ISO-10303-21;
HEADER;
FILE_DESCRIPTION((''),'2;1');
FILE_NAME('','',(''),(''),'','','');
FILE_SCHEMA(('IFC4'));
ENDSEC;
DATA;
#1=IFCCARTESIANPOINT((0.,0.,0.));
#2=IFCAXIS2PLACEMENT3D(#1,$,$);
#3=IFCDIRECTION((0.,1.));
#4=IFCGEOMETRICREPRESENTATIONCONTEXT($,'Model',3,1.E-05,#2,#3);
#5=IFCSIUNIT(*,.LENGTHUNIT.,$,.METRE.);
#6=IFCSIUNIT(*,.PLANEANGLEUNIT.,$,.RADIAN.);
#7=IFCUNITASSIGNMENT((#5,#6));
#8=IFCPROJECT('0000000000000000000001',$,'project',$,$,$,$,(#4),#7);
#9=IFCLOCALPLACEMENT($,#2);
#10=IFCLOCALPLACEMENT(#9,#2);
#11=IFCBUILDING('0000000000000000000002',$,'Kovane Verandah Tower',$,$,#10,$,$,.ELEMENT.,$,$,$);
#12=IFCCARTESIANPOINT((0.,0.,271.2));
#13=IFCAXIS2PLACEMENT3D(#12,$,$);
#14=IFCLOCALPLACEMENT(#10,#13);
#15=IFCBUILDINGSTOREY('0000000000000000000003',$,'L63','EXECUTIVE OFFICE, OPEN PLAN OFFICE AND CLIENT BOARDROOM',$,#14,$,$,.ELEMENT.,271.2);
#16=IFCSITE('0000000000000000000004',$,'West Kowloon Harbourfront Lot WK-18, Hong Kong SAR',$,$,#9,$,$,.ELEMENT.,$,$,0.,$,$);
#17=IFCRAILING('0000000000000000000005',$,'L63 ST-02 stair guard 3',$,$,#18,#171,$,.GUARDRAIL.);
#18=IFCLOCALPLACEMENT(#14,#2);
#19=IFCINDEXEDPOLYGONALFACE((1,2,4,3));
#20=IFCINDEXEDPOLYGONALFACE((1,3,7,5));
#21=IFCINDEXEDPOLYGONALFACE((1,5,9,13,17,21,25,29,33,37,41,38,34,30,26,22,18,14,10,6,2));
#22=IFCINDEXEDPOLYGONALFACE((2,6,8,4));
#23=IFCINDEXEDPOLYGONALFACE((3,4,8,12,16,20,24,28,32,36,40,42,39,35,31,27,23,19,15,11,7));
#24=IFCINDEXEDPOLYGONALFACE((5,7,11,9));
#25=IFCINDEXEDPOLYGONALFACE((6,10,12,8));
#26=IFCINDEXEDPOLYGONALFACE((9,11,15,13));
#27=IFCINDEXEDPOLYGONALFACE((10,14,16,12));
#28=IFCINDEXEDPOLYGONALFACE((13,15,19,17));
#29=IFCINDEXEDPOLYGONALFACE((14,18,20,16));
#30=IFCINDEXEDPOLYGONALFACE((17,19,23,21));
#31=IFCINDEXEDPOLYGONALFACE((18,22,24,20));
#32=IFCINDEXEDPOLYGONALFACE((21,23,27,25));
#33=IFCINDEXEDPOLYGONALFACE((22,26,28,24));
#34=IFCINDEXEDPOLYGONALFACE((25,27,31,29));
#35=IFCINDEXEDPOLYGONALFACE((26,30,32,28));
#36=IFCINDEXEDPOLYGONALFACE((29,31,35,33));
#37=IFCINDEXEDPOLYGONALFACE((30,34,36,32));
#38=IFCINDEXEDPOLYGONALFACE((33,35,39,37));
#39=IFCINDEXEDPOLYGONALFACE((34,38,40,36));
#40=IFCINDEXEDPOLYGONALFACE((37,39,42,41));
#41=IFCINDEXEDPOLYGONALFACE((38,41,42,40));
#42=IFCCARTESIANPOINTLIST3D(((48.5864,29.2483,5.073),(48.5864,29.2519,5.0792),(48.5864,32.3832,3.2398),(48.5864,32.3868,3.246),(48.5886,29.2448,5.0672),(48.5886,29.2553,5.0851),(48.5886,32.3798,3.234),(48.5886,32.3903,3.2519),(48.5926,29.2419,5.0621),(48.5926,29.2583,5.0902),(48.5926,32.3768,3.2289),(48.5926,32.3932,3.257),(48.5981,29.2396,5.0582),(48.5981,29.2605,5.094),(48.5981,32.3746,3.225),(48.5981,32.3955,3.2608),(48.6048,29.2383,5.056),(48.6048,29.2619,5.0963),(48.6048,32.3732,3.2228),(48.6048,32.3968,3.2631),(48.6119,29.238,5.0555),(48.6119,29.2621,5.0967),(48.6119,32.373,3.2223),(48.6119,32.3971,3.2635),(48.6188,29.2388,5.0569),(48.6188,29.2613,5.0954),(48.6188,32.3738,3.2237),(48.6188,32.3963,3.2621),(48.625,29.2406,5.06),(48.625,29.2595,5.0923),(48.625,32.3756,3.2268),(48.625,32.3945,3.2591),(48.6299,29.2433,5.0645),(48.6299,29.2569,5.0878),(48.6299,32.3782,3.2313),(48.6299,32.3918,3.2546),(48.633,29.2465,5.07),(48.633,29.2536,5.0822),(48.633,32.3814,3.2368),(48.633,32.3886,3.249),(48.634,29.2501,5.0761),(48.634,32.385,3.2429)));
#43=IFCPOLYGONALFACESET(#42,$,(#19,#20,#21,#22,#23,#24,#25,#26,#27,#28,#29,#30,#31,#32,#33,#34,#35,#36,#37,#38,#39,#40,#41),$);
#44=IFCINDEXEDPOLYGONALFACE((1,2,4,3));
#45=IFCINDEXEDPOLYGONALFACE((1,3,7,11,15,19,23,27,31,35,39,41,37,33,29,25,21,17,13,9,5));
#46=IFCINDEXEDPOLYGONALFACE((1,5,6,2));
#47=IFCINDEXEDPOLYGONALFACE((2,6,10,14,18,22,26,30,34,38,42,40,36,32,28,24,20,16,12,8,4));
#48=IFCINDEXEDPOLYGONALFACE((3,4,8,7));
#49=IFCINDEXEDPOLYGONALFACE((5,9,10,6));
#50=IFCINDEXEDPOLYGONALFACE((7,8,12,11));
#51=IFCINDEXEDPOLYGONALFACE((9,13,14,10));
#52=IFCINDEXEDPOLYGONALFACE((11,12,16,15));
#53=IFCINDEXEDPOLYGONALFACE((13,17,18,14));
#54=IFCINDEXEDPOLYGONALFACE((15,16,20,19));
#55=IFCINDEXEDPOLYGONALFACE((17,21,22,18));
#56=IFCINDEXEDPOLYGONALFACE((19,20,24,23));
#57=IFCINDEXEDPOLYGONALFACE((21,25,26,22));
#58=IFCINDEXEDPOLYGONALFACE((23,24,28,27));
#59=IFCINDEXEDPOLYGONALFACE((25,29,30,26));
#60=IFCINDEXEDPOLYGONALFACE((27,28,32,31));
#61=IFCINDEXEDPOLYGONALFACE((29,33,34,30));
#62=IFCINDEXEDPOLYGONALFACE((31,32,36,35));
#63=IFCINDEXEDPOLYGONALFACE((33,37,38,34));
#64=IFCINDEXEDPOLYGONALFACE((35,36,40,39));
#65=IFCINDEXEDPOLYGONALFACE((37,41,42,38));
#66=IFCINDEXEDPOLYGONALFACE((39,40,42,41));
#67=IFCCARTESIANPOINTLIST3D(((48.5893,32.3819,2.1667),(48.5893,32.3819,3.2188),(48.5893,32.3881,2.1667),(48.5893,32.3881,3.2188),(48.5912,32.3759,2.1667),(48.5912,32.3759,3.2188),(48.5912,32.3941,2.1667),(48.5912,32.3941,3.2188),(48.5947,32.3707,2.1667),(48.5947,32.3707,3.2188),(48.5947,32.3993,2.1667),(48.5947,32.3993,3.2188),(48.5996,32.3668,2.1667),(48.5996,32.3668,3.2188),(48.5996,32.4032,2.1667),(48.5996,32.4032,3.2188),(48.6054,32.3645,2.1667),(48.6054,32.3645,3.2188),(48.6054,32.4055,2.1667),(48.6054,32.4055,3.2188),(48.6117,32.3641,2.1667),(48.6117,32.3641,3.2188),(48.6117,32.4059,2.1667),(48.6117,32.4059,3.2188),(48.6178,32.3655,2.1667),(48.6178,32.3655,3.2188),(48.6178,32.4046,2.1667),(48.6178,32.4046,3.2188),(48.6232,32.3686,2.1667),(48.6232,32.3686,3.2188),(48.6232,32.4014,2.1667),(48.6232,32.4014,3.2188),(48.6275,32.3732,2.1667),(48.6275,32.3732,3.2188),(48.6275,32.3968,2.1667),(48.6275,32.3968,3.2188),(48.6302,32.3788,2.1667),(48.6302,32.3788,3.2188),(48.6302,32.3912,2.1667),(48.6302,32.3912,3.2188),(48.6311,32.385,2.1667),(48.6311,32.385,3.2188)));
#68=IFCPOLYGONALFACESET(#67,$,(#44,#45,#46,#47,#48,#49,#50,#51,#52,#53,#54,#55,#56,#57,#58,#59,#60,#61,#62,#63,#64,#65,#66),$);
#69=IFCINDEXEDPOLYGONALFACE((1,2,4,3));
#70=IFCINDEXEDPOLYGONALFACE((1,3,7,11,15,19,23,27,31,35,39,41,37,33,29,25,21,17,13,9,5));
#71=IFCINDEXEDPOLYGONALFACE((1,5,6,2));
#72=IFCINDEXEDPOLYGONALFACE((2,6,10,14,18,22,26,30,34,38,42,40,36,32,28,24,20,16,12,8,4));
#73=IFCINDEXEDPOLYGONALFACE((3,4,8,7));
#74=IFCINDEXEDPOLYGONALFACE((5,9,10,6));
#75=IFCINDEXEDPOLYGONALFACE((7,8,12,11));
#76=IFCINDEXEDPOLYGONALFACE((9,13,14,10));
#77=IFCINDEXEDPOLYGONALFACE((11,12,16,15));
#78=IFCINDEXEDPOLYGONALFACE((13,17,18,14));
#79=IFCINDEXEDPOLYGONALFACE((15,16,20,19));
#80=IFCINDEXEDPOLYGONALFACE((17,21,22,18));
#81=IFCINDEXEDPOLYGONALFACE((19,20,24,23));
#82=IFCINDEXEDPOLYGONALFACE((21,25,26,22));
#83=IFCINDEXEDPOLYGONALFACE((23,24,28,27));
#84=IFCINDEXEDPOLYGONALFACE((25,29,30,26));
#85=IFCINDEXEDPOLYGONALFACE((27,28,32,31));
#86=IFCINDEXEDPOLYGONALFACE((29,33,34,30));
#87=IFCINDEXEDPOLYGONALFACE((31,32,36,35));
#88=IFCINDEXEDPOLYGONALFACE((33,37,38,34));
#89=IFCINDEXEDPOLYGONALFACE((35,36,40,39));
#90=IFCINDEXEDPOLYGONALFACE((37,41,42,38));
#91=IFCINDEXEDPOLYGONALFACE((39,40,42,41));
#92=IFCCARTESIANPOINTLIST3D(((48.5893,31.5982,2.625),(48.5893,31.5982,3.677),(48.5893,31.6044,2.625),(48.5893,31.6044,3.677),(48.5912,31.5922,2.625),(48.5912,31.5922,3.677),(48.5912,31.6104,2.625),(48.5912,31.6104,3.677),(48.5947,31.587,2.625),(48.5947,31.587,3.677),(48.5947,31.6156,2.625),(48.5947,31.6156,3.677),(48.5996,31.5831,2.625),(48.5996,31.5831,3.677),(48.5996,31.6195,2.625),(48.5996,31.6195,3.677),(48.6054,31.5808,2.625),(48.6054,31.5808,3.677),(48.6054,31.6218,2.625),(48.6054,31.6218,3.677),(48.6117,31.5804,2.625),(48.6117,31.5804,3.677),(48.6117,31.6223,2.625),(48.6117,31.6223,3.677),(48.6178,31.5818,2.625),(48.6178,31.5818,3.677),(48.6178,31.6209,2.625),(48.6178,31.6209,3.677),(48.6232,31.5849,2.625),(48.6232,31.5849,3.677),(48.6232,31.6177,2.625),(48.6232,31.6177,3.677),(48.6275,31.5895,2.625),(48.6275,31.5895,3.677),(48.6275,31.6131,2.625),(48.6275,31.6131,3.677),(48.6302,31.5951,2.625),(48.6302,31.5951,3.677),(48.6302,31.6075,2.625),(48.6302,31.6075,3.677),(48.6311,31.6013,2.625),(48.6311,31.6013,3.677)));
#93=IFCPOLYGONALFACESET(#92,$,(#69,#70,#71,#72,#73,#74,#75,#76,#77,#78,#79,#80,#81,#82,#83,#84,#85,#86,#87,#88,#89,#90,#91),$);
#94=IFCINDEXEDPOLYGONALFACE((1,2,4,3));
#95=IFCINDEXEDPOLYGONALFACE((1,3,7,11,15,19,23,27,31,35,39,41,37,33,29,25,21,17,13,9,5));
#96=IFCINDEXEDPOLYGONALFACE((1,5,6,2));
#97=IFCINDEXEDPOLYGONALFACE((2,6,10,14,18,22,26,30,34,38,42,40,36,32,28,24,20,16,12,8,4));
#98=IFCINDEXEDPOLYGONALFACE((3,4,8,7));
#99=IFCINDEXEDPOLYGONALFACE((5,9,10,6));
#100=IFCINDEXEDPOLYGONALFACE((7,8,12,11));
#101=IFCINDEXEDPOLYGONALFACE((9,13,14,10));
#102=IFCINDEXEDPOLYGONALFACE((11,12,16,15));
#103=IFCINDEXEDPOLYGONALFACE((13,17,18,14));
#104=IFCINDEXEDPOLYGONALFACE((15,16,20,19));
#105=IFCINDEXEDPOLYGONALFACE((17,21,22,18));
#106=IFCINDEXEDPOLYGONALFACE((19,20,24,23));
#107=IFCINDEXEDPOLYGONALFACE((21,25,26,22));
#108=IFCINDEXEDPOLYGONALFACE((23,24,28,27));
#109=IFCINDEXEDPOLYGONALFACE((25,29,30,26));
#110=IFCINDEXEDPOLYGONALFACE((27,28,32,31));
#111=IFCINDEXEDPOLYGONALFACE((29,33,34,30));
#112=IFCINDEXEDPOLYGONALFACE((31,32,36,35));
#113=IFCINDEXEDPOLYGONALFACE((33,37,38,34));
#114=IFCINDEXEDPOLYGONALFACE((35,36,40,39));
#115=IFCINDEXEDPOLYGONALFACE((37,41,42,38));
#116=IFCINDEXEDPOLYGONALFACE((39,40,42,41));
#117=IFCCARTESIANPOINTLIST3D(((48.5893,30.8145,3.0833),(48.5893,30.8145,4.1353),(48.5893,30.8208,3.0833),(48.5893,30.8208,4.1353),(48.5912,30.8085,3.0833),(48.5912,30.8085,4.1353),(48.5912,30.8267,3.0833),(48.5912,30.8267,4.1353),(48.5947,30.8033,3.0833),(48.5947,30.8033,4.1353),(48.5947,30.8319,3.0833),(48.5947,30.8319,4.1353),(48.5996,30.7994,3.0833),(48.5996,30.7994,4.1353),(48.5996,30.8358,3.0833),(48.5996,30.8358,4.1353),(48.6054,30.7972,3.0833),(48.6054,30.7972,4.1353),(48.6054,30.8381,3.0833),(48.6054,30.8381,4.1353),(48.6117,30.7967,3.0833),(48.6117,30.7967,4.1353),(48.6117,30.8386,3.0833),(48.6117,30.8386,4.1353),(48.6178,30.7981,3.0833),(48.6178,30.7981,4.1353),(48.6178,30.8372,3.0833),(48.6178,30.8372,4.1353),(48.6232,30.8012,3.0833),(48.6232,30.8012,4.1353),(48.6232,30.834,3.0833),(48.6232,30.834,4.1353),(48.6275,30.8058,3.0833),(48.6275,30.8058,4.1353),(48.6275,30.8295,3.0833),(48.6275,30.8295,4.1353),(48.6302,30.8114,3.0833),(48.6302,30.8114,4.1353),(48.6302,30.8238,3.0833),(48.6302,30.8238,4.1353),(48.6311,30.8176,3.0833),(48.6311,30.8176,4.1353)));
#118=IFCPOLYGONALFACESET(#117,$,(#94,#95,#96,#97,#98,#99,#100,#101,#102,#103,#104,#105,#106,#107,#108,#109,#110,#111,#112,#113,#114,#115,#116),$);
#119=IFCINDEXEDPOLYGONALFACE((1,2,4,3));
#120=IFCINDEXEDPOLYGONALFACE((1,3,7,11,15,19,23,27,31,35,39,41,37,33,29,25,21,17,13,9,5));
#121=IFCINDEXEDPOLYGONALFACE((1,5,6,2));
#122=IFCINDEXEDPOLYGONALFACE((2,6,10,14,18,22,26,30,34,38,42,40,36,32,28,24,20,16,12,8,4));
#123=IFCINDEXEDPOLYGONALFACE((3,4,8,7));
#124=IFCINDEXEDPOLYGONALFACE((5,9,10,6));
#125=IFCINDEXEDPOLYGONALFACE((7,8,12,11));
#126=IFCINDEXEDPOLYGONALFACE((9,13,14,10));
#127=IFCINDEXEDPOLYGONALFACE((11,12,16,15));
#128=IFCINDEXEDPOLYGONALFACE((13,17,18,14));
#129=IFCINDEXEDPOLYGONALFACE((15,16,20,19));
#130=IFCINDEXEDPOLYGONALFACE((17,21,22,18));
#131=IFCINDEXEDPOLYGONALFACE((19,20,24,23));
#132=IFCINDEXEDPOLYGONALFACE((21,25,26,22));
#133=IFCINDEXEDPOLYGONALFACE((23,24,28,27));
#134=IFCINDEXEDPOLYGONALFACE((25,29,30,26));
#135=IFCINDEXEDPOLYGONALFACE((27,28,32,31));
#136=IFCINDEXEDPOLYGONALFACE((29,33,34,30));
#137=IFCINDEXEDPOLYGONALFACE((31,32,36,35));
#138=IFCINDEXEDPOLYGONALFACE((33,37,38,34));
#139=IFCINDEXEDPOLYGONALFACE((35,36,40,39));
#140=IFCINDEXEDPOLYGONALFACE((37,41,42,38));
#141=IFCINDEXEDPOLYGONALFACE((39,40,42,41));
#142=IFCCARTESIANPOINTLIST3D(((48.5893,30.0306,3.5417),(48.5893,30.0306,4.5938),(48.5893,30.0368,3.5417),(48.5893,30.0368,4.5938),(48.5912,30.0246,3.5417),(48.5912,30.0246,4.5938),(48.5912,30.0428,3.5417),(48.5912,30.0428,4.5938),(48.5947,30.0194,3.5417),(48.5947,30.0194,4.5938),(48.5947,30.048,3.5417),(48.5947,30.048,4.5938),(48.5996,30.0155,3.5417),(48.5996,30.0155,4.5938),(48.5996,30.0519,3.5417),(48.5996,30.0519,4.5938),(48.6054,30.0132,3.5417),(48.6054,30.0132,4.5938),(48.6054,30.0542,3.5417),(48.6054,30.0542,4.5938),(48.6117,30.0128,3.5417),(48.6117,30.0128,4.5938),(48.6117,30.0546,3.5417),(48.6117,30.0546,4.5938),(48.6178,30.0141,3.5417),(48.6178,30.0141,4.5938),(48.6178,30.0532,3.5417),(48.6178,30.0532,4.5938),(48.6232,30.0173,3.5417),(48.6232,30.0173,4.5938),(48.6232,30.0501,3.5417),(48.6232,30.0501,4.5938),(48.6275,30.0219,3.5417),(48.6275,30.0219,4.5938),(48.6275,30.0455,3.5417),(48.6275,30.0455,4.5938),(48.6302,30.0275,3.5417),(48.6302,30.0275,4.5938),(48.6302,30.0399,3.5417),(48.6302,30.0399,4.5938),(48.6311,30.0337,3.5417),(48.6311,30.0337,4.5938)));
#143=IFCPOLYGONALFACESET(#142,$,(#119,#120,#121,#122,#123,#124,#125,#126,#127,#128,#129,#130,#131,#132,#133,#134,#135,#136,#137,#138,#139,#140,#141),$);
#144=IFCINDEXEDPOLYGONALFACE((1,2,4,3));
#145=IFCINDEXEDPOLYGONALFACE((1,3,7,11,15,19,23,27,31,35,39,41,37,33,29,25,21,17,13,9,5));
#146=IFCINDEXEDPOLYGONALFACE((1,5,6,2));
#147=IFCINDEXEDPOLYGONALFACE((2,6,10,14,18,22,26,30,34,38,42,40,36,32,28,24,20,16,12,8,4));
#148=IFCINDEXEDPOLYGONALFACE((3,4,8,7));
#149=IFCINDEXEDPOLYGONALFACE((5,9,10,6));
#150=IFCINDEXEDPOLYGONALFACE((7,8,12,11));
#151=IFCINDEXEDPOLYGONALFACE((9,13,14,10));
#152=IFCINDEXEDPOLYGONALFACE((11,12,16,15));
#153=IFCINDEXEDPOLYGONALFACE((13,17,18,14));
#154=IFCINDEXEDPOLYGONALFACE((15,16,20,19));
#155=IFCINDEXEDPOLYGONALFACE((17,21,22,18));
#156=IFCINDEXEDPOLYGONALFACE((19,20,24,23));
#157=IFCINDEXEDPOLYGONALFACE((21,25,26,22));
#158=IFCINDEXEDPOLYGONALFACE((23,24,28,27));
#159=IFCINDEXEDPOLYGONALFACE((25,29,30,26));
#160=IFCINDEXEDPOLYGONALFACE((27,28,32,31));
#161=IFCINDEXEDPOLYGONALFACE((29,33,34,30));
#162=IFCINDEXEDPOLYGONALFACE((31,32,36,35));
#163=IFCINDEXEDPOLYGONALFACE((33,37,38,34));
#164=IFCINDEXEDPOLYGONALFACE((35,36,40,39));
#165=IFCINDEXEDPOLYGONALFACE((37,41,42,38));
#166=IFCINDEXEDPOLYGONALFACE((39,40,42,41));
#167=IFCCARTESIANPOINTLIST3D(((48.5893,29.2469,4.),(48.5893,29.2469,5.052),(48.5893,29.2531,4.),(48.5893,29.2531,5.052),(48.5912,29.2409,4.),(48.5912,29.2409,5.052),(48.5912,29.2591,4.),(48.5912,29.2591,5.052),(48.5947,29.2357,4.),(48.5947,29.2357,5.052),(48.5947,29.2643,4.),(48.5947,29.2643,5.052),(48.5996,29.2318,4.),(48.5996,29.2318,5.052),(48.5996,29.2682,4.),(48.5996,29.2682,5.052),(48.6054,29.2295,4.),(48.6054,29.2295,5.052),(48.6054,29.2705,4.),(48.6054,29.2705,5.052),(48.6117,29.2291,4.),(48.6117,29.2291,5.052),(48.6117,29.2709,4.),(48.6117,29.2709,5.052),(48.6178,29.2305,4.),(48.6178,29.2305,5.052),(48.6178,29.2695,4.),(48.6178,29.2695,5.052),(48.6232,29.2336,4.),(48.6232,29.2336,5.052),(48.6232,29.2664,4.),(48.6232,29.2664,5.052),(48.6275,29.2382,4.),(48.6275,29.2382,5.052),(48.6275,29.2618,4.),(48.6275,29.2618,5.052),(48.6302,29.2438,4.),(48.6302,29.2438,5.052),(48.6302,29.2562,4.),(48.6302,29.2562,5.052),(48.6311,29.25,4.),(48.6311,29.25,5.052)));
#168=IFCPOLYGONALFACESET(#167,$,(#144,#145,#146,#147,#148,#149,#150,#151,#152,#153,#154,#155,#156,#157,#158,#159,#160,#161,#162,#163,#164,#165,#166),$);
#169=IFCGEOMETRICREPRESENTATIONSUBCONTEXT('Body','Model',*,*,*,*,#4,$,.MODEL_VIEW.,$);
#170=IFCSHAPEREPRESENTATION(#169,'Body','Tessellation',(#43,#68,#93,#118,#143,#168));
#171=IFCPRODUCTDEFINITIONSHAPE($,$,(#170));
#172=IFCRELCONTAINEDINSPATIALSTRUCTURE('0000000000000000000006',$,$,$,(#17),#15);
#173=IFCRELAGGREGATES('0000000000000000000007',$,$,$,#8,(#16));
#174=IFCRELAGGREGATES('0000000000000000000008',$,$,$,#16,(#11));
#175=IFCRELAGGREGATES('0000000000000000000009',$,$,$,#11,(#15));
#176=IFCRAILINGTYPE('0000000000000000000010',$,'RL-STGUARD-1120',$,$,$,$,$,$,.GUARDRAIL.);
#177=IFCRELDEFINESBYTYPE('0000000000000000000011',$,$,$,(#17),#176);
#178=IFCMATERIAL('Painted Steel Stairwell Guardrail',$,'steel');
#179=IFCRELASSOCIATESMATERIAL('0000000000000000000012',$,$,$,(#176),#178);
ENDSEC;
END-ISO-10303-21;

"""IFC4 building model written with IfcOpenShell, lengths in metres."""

from ifc_helpers import new_model, si_unit, direction, frame, origin, origin_2d, place, context, subcontext, project, spatial, circle, extrude, material, type_object, element, save


model = new_model("IFC4")

# Units and contexts
model_context = context("Model", 3, precision=1e-05, world=origin(), true_north=direction((0.0, 1.0)))
body_context = subcontext(model_context, "Body", "Model", "MODEL_VIEW")
ifc_project = project(units=[si_unit("LENGTHUNIT", "METRE"), si_unit("PLANEANGLEUNIT", "RADIAN")], contexts=[model_context])

# Site, building, storey
site_placement = place(None, origin())
site = spatial("IfcSite", under=ifc_project, at=site_placement, Name="West Kowloon Harbourfront Lot WK-18, Hong Kong SAR", CompositionType="ELEMENT", RefElevation=0.0)
building_placement = place(site_placement, origin())
building = spatial("IfcBuilding", under=site, at=building_placement, Name="Kovane Verandah Tower", CompositionType="ELEMENT")
storey_placement = place(building_placement, frame((0.0, 0.0, 271.2)))
storey = spatial("IfcBuildingStorey", under=building, at=storey_placement, Name="L63", Description="EXECUTIVE OFFICE, OPEN PLAN OFFICE AND CLIENT BOARDROOM", CompositionType="ELEMENT", Elevation=271.2)

# Railing
ifc_material_1 = material(Name="Painted Steel Stairwell Guardrail", Category="steel")
railing_type_1 = type_object("IfcRailingType", Name="RL-STGUARD-1120", PredefinedType="GUARDRAIL", material=ifc_material_1)
railing_1_placement = place(storey_placement, frame((48.6101, 32.385, 2.1667)))
element("IfcRailing", 1, at=railing_1_placement, inside=storey, type_object=railing_type_1, Name="L63 ST-02 stair guard 3", PredefinedType="GUARDRAIL", context=body_context, shape_type="SweptSolid", body=[
    extrude(circle(Radius=0.0239, at=origin_2d()), frame((0.0, 0.0, 1.0762), z_axis=(0.0, -0.86324, 0.504794), x_axis=(1.0, 0.0, 0.0)), (0.0, 0.0, 1.0), 3.6316),
    extrude(circle(Radius=0.021, at=origin_2d()), origin(), (0.0, 0.0, 1.0), 1.052),
    extrude(circle(Radius=0.021, at=origin_2d()), frame((0.0, -0.7837, 0.4583)), (0.0, 0.0, 1.0), 1.052),
    extrude(circle(Radius=0.021, at=origin_2d()), frame((0.0, -1.5674, 0.9165)), (0.0, 0.0, 1.0), 1.052),
    extrude(circle(Radius=0.021, at=origin_2d()), frame((0.0, -2.3513, 1.375)), (0.0, 0.0, 1.0), 1.052),
    extrude(circle(Radius=0.021, at=origin_2d()), frame((0.0, -3.135, 1.8333)), (0.0, 0.0, 1.0), 1.052),
])

save(model, "model.ifc")
